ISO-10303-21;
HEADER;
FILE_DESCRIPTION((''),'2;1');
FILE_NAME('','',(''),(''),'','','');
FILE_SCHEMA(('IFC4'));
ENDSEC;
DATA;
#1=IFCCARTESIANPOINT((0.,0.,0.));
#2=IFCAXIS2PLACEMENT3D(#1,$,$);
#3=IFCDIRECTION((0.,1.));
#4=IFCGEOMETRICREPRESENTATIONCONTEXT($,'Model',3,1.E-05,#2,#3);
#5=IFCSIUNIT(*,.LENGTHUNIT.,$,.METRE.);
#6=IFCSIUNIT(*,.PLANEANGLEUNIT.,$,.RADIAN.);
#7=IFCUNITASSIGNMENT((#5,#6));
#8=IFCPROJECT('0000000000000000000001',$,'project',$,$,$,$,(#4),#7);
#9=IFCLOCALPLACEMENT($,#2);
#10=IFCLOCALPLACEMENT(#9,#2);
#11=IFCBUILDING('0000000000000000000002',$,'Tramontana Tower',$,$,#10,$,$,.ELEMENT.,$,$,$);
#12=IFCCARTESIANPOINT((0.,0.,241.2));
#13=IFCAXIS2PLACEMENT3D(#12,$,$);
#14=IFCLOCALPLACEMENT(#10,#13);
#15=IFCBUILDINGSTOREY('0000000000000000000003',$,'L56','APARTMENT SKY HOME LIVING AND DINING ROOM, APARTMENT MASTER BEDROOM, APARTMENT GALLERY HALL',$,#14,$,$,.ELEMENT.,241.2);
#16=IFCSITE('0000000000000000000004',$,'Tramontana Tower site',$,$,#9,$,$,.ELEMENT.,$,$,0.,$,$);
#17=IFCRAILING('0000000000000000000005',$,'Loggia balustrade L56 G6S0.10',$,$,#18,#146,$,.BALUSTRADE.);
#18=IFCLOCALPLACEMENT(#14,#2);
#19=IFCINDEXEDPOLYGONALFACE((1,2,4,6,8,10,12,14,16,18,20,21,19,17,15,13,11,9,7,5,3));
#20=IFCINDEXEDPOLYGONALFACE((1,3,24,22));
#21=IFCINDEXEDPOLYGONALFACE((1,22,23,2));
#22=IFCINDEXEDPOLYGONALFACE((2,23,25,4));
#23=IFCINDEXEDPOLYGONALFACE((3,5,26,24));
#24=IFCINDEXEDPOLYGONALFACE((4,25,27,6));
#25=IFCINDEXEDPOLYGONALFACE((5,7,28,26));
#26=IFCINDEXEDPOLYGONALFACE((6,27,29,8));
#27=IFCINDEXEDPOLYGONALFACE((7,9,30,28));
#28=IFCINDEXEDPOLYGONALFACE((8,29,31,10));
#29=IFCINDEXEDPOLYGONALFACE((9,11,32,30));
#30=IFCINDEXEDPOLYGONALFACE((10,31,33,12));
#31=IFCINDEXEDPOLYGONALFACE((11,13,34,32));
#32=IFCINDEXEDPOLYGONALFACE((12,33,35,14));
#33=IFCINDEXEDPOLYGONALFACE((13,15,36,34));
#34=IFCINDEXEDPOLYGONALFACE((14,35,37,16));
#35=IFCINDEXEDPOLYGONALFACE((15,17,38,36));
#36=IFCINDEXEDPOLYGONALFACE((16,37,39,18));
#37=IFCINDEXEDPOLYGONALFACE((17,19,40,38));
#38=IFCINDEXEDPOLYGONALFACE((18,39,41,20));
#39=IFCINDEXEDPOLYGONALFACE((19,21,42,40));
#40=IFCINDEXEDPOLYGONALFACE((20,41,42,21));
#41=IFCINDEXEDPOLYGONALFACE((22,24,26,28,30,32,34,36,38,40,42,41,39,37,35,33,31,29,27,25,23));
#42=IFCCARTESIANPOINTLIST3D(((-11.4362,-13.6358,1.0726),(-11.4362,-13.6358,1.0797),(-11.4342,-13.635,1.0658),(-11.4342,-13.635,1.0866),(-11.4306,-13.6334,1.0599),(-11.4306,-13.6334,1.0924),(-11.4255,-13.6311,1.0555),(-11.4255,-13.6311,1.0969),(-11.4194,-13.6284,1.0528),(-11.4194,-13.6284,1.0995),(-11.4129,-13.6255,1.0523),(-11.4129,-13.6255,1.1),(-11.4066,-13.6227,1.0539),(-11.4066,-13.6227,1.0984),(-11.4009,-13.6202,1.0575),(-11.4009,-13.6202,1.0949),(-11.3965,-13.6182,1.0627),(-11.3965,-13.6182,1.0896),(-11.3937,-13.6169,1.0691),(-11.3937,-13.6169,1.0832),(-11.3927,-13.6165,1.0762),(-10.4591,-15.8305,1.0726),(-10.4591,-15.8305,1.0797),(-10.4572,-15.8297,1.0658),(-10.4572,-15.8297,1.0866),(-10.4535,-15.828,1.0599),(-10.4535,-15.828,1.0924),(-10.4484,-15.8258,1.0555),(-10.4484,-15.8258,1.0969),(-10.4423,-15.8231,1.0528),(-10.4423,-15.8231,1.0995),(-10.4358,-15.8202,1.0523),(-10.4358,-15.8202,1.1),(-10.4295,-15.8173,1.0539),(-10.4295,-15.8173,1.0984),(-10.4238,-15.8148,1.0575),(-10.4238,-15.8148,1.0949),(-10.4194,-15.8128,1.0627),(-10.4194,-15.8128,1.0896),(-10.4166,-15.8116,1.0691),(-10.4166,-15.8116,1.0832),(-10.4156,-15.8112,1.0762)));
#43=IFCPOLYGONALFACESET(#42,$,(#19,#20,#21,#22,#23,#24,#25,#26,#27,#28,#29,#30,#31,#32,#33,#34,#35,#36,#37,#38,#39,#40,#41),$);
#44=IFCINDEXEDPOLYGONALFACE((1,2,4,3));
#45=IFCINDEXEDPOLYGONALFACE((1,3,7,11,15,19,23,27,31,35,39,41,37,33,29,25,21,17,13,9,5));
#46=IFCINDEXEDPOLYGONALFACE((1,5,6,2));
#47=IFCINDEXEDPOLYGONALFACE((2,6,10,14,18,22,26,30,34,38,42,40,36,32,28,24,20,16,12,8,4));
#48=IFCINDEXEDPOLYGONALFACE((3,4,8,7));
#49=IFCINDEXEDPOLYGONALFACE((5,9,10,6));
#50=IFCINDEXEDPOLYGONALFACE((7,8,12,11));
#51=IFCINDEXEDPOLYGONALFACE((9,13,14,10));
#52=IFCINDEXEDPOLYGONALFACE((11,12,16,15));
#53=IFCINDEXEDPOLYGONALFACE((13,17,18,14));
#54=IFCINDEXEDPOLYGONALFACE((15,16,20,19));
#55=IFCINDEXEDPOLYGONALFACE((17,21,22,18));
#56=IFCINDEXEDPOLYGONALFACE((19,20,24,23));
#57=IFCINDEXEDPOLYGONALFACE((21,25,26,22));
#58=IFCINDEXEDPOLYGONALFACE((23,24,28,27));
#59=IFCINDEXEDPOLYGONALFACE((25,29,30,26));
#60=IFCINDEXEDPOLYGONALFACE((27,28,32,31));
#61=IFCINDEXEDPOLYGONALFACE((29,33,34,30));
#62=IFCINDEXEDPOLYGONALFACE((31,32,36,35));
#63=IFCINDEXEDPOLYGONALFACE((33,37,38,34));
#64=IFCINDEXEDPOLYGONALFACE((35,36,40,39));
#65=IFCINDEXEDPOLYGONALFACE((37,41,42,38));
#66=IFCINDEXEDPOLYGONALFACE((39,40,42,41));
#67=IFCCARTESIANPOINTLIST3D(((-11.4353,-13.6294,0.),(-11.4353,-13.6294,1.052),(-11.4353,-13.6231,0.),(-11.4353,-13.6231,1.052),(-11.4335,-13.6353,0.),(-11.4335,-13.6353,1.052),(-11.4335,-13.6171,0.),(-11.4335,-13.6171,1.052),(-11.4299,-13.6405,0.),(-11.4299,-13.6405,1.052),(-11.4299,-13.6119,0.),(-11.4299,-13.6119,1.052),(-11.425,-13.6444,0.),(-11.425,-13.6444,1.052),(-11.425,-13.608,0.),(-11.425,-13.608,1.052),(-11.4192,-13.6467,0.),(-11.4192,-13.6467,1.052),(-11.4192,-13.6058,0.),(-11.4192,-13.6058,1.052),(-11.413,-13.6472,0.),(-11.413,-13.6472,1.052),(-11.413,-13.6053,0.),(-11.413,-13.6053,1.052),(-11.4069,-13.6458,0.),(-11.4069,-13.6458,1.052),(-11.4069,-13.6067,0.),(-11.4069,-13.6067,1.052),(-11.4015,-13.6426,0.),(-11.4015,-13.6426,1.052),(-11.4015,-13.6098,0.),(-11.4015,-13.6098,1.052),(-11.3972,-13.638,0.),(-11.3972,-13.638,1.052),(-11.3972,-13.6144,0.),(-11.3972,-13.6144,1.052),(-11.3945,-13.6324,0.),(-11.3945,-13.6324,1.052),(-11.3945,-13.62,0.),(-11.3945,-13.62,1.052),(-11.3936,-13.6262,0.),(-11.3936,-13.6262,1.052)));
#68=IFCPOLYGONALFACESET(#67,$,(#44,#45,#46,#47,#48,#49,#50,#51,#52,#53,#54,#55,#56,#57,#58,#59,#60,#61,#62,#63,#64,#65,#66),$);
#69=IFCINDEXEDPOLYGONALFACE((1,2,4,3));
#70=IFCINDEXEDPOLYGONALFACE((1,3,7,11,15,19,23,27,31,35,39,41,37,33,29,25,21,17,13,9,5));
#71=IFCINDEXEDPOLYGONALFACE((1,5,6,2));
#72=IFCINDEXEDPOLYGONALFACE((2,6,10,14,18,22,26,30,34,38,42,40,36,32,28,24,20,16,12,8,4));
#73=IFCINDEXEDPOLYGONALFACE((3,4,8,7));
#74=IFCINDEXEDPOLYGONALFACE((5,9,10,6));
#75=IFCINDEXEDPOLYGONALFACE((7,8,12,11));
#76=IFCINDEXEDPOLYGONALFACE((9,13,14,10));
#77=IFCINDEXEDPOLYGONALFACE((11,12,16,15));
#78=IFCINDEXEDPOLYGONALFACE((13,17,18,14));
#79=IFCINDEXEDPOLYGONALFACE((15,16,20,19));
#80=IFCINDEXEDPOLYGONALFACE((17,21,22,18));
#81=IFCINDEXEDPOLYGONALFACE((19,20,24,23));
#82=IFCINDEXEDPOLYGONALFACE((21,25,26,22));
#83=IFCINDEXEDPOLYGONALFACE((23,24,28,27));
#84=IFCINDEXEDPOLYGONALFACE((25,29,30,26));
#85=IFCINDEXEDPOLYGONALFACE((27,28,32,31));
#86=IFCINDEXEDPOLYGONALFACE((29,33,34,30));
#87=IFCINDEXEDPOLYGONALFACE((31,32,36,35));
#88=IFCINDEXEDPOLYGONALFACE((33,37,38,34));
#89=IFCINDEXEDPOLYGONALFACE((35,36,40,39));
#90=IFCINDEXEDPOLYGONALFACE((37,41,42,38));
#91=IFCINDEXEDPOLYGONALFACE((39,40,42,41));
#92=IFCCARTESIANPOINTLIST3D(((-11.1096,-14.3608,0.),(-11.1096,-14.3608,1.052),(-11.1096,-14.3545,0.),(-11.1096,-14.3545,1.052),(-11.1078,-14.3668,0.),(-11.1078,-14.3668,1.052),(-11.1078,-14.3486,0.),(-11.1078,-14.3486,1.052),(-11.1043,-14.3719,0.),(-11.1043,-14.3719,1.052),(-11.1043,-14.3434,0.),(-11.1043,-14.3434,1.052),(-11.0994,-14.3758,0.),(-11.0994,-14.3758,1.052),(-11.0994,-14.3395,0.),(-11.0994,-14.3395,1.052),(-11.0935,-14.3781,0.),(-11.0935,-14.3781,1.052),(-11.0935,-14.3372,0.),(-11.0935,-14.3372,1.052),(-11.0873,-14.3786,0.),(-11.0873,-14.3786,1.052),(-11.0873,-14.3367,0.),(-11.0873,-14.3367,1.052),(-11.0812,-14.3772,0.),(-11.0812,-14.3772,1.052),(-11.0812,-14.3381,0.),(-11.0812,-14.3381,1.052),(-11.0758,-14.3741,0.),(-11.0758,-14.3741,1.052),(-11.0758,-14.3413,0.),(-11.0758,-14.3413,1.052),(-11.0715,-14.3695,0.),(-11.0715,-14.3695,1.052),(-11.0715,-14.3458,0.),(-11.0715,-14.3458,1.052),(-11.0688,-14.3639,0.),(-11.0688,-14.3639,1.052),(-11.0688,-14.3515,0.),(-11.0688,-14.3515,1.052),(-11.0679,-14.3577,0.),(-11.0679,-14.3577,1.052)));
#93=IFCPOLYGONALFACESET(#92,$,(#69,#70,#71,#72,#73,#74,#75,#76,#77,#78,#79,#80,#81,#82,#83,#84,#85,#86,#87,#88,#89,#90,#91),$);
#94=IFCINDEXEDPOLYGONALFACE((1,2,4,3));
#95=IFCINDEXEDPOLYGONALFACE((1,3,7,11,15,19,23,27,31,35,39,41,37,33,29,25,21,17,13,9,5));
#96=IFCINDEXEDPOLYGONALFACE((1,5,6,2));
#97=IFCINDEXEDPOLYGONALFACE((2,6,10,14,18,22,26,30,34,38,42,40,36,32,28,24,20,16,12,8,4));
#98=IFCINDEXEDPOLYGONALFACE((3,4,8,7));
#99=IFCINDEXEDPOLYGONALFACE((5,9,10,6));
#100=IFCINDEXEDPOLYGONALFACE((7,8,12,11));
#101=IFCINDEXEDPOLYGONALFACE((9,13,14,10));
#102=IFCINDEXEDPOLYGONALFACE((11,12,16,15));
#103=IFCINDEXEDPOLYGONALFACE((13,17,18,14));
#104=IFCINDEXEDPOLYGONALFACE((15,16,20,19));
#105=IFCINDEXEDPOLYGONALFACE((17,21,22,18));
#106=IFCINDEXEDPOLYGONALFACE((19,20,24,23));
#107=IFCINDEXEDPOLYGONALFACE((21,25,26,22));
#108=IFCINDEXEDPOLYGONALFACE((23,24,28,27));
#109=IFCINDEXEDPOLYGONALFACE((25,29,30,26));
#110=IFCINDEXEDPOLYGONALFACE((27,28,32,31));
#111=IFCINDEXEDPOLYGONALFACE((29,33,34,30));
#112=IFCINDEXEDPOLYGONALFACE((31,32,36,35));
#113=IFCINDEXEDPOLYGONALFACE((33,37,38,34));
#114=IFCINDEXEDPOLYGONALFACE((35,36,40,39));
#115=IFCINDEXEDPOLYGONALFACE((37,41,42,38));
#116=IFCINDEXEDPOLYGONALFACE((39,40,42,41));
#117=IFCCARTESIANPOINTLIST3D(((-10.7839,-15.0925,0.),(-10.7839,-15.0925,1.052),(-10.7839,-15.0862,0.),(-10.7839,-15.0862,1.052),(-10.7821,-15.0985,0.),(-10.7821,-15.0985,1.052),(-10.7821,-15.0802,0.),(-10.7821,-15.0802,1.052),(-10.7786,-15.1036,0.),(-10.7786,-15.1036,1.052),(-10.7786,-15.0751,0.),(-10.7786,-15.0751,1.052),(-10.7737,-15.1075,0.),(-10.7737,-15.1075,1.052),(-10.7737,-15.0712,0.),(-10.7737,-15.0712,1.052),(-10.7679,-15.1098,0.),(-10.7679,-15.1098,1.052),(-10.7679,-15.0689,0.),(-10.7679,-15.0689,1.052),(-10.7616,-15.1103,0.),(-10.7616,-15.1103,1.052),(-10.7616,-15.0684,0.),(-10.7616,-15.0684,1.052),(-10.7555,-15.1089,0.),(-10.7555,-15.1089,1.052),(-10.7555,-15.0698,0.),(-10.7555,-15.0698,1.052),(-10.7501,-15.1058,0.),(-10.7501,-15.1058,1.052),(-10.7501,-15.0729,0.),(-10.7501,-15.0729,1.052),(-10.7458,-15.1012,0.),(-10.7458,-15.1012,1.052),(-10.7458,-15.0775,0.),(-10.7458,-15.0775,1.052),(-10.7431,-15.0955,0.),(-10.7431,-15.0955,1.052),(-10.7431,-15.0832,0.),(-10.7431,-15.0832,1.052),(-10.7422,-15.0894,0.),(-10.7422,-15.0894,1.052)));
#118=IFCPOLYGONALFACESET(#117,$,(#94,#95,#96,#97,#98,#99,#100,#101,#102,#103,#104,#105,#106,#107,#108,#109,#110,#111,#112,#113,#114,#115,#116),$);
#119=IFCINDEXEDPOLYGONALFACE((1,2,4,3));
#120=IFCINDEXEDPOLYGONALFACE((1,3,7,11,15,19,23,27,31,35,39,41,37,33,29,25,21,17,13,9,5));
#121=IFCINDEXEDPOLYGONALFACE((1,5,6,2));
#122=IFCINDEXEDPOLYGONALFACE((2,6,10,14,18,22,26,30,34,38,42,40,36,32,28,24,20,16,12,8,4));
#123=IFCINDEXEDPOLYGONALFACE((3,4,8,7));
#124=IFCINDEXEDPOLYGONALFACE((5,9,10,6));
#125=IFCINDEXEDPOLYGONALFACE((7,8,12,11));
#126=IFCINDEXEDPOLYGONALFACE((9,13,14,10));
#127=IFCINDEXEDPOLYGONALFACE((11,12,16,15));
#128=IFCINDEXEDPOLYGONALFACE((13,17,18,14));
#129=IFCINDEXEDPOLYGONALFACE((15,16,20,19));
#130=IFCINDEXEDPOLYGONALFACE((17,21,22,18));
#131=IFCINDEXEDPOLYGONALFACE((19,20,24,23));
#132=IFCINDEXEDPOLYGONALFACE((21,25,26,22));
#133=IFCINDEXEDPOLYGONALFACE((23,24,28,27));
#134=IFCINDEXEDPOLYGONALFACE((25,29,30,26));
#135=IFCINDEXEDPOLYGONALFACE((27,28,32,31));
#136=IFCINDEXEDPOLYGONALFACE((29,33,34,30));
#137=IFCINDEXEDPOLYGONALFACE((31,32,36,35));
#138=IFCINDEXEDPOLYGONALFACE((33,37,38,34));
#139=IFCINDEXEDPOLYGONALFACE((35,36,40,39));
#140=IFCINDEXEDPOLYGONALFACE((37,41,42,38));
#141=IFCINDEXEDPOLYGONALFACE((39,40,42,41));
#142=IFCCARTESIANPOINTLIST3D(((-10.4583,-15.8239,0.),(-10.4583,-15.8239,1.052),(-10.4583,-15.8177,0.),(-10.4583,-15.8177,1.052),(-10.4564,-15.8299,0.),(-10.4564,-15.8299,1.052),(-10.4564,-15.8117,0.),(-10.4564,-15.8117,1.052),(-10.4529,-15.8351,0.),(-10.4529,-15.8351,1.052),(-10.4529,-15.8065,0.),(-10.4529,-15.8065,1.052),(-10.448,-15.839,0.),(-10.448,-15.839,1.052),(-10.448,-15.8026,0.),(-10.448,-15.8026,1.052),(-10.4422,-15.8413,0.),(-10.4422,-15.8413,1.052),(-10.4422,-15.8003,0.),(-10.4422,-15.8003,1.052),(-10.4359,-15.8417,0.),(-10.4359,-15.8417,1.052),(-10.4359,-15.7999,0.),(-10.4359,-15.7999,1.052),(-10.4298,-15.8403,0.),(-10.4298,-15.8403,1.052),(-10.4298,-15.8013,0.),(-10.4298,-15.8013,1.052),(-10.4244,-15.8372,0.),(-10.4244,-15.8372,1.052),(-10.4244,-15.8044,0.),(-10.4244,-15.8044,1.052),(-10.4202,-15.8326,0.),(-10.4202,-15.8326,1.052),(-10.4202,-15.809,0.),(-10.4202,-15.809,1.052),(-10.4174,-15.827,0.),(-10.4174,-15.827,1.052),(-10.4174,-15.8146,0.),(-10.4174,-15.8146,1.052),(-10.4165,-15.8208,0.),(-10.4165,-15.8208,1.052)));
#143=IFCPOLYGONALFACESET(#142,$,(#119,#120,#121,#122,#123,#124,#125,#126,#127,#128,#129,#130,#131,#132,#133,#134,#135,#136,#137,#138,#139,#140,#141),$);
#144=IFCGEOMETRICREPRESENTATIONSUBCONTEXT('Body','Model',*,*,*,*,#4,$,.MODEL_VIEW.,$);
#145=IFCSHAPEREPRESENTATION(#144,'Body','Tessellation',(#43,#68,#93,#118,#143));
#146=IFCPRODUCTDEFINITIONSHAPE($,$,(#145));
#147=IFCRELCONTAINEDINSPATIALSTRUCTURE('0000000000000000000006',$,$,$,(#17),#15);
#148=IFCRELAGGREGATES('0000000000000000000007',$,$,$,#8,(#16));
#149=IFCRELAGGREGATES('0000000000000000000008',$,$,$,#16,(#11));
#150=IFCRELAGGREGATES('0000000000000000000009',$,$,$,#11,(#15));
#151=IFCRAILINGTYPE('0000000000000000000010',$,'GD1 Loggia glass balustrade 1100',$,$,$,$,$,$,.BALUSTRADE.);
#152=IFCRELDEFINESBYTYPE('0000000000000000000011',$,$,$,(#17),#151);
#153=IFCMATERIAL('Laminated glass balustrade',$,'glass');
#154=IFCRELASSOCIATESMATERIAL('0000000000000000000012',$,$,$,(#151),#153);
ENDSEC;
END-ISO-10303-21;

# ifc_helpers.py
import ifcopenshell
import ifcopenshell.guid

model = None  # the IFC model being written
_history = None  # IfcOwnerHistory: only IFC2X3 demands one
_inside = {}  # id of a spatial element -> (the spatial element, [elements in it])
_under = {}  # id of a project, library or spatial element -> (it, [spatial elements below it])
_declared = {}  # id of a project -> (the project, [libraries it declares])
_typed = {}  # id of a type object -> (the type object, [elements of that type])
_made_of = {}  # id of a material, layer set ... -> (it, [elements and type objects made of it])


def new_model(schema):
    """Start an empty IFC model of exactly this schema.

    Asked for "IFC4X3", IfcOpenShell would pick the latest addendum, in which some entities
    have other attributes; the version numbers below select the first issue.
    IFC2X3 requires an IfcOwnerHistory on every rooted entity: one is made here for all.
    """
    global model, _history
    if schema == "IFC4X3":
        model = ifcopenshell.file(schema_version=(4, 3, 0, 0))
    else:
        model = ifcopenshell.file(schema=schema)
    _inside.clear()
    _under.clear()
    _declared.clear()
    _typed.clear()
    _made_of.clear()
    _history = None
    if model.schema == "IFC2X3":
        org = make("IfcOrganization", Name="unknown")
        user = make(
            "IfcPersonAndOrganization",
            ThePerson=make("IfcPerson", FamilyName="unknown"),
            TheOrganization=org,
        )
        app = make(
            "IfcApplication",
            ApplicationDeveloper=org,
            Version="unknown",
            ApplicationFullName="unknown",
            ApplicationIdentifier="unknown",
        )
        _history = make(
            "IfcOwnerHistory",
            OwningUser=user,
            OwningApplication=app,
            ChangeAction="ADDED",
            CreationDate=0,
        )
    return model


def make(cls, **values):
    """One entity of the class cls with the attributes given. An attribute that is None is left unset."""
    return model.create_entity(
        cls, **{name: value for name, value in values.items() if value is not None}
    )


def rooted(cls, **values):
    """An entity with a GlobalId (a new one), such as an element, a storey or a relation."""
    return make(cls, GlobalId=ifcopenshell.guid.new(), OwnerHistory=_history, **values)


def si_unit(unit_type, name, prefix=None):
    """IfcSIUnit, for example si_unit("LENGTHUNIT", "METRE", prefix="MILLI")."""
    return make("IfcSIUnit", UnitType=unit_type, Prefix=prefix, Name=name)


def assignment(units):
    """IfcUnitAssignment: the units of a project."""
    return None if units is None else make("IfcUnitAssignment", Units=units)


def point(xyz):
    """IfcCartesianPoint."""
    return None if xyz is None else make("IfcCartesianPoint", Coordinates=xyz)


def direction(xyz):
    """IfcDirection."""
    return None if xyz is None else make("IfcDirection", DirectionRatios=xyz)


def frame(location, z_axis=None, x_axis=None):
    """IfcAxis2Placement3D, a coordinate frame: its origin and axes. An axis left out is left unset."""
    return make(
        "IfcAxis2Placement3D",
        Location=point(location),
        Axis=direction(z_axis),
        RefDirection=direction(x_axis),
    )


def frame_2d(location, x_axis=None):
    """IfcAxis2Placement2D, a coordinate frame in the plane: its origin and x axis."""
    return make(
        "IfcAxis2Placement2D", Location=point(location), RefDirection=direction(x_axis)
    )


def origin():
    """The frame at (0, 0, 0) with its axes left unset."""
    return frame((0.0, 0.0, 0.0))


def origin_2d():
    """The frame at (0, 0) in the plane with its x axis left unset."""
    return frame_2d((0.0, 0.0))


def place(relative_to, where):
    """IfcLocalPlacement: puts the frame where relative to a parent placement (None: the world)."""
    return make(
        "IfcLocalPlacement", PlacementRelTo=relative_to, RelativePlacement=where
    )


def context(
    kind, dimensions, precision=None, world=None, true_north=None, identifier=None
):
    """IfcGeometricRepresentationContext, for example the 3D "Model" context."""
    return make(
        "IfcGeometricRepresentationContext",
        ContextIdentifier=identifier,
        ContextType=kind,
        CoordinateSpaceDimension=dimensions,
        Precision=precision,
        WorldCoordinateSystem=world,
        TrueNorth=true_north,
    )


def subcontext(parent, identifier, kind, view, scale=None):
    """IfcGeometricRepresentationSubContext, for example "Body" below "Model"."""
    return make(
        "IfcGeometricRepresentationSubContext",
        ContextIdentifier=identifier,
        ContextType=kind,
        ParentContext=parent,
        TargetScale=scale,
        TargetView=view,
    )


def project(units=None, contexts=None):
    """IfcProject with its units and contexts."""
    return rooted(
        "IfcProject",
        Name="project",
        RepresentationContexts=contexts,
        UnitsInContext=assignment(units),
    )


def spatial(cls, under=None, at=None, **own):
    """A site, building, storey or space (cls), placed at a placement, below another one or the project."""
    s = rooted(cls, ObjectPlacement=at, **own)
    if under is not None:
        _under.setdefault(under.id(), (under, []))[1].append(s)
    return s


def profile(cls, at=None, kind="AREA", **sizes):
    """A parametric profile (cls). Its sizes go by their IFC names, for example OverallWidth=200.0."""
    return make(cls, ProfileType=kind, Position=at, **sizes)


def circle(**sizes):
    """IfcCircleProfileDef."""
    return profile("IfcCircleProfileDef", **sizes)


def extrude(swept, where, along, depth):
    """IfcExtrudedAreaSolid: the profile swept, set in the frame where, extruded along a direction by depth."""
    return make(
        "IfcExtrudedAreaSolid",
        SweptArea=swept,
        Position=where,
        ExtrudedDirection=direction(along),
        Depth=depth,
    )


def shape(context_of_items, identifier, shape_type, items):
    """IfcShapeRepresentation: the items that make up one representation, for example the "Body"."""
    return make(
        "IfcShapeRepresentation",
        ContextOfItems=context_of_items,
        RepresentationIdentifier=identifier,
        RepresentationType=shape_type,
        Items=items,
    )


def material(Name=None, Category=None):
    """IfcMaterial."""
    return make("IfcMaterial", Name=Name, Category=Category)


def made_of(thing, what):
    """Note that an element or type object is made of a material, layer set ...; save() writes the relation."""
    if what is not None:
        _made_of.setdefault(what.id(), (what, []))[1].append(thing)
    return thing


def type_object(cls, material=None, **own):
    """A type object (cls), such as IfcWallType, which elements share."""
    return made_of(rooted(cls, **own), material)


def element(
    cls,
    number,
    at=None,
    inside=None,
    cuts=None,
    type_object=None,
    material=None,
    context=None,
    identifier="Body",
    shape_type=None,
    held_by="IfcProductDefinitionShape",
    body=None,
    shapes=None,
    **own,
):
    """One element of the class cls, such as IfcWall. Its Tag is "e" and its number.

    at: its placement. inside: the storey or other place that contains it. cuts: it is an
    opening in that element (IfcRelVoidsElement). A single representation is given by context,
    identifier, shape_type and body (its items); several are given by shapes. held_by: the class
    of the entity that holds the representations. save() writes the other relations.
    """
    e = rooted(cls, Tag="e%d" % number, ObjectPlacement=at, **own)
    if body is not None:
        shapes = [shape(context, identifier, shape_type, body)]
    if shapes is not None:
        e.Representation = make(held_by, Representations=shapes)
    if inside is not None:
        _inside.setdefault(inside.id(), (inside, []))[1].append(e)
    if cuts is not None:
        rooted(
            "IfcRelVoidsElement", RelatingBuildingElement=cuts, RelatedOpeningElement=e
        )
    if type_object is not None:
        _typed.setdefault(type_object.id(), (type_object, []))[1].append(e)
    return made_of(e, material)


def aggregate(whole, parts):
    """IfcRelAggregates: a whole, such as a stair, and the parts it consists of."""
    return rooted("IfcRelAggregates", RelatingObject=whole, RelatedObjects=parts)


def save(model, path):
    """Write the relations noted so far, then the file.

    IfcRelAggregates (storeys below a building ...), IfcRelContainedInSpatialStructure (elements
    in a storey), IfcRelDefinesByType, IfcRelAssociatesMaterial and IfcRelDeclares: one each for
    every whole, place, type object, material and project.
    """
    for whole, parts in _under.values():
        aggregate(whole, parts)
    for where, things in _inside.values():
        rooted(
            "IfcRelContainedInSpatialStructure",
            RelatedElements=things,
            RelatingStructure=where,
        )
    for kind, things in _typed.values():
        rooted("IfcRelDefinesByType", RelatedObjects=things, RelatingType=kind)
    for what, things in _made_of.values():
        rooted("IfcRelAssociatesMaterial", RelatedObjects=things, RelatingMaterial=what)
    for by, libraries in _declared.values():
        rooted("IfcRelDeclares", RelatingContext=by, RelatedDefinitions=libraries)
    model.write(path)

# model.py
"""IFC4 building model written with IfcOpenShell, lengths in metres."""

from ifc_helpers import new_model, si_unit, direction, frame, origin, origin_2d, place, context, subcontext, project, spatial, circle, extrude, material, type_object, element, save


model = new_model("IFC4")

# Units and contexts
model_context = context("Model", 3, precision=1e-05, world=origin(), true_north=direction((0.0, 1.0)))
body_context = subcontext(model_context, "Body", "Model", "MODEL_VIEW")
ifc_project = project(units=[si_unit("LENGTHUNIT", "METRE"), si_unit("PLANEANGLEUNIT", "RADIAN")], contexts=[model_context])

# Site, building, storey
site_placement = place(None, origin())
site = spatial("IfcSite", under=ifc_project, at=site_placement, Name="Tramontana Tower site", CompositionType="ELEMENT", RefElevation=0.0)
building_placement = place(site_placement, origin())
building = spatial("IfcBuilding", under=site, at=building_placement, Name="Tramontana Tower", CompositionType="ELEMENT")
storey_placement = place(building_placement, frame((0.0, 0.0, 241.2)))
storey = spatial("IfcBuildingStorey", under=building, at=storey_placement, Name="L56", Description="APARTMENT SKY HOME LIVING AND DINING ROOM, APARTMENT MASTER BEDROOM, APARTMENT GALLERY HALL", CompositionType="ELEMENT", Elevation=241.2)

# Railing
ifc_material_1 = material(Name="Laminated glass balustrade", Category="glass")
railing_type = type_object("IfcRailingType", Name="GD1 Loggia glass balustrade 1100", PredefinedType="BALUSTRADE", material=ifc_material_1)
railing_placement = place(storey_placement, frame((-11.4146, -13.6262, 0.0)))
element("IfcRailing", 1, at=railing_placement, inside=storey, type_object=railing_type, Name="Loggia balustrade L56 G6S0.10", PredefinedType="BALUSTRADE", context=body_context, shape_type="SweptSolid", body=[
    extrude(circle(Radius=0.0239, at=origin_2d()), frame((0.0, 0.0, 1.0762), z_axis=(0.406723, -0.913552, 0.0), x_axis=(0.913552, 0.406723, 0.0)), (0.0, 0.0, 1.0), 2.4023),
    extrude(circle(Radius=0.021, at=origin_2d()), origin(), (0.0, 0.0, 1.0), 1.052),
    extrude(circle(Radius=0.021, at=origin_2d()), frame((0.3257, -0.7314, 0.0)), (0.0, 0.0, 1.0), 1.052),
    extrude(circle(Radius=0.021, at=origin_2d()), frame((0.6514, -1.4631, 0.0)), (0.0, 0.0, 1.0), 1.052),
    extrude(circle(Radius=0.021, at=origin_2d()), frame((0.9771, -2.1946, 0.0)), (0.0, 0.0, 1.0), 1.052),
])

save(model, "model.ifc")
